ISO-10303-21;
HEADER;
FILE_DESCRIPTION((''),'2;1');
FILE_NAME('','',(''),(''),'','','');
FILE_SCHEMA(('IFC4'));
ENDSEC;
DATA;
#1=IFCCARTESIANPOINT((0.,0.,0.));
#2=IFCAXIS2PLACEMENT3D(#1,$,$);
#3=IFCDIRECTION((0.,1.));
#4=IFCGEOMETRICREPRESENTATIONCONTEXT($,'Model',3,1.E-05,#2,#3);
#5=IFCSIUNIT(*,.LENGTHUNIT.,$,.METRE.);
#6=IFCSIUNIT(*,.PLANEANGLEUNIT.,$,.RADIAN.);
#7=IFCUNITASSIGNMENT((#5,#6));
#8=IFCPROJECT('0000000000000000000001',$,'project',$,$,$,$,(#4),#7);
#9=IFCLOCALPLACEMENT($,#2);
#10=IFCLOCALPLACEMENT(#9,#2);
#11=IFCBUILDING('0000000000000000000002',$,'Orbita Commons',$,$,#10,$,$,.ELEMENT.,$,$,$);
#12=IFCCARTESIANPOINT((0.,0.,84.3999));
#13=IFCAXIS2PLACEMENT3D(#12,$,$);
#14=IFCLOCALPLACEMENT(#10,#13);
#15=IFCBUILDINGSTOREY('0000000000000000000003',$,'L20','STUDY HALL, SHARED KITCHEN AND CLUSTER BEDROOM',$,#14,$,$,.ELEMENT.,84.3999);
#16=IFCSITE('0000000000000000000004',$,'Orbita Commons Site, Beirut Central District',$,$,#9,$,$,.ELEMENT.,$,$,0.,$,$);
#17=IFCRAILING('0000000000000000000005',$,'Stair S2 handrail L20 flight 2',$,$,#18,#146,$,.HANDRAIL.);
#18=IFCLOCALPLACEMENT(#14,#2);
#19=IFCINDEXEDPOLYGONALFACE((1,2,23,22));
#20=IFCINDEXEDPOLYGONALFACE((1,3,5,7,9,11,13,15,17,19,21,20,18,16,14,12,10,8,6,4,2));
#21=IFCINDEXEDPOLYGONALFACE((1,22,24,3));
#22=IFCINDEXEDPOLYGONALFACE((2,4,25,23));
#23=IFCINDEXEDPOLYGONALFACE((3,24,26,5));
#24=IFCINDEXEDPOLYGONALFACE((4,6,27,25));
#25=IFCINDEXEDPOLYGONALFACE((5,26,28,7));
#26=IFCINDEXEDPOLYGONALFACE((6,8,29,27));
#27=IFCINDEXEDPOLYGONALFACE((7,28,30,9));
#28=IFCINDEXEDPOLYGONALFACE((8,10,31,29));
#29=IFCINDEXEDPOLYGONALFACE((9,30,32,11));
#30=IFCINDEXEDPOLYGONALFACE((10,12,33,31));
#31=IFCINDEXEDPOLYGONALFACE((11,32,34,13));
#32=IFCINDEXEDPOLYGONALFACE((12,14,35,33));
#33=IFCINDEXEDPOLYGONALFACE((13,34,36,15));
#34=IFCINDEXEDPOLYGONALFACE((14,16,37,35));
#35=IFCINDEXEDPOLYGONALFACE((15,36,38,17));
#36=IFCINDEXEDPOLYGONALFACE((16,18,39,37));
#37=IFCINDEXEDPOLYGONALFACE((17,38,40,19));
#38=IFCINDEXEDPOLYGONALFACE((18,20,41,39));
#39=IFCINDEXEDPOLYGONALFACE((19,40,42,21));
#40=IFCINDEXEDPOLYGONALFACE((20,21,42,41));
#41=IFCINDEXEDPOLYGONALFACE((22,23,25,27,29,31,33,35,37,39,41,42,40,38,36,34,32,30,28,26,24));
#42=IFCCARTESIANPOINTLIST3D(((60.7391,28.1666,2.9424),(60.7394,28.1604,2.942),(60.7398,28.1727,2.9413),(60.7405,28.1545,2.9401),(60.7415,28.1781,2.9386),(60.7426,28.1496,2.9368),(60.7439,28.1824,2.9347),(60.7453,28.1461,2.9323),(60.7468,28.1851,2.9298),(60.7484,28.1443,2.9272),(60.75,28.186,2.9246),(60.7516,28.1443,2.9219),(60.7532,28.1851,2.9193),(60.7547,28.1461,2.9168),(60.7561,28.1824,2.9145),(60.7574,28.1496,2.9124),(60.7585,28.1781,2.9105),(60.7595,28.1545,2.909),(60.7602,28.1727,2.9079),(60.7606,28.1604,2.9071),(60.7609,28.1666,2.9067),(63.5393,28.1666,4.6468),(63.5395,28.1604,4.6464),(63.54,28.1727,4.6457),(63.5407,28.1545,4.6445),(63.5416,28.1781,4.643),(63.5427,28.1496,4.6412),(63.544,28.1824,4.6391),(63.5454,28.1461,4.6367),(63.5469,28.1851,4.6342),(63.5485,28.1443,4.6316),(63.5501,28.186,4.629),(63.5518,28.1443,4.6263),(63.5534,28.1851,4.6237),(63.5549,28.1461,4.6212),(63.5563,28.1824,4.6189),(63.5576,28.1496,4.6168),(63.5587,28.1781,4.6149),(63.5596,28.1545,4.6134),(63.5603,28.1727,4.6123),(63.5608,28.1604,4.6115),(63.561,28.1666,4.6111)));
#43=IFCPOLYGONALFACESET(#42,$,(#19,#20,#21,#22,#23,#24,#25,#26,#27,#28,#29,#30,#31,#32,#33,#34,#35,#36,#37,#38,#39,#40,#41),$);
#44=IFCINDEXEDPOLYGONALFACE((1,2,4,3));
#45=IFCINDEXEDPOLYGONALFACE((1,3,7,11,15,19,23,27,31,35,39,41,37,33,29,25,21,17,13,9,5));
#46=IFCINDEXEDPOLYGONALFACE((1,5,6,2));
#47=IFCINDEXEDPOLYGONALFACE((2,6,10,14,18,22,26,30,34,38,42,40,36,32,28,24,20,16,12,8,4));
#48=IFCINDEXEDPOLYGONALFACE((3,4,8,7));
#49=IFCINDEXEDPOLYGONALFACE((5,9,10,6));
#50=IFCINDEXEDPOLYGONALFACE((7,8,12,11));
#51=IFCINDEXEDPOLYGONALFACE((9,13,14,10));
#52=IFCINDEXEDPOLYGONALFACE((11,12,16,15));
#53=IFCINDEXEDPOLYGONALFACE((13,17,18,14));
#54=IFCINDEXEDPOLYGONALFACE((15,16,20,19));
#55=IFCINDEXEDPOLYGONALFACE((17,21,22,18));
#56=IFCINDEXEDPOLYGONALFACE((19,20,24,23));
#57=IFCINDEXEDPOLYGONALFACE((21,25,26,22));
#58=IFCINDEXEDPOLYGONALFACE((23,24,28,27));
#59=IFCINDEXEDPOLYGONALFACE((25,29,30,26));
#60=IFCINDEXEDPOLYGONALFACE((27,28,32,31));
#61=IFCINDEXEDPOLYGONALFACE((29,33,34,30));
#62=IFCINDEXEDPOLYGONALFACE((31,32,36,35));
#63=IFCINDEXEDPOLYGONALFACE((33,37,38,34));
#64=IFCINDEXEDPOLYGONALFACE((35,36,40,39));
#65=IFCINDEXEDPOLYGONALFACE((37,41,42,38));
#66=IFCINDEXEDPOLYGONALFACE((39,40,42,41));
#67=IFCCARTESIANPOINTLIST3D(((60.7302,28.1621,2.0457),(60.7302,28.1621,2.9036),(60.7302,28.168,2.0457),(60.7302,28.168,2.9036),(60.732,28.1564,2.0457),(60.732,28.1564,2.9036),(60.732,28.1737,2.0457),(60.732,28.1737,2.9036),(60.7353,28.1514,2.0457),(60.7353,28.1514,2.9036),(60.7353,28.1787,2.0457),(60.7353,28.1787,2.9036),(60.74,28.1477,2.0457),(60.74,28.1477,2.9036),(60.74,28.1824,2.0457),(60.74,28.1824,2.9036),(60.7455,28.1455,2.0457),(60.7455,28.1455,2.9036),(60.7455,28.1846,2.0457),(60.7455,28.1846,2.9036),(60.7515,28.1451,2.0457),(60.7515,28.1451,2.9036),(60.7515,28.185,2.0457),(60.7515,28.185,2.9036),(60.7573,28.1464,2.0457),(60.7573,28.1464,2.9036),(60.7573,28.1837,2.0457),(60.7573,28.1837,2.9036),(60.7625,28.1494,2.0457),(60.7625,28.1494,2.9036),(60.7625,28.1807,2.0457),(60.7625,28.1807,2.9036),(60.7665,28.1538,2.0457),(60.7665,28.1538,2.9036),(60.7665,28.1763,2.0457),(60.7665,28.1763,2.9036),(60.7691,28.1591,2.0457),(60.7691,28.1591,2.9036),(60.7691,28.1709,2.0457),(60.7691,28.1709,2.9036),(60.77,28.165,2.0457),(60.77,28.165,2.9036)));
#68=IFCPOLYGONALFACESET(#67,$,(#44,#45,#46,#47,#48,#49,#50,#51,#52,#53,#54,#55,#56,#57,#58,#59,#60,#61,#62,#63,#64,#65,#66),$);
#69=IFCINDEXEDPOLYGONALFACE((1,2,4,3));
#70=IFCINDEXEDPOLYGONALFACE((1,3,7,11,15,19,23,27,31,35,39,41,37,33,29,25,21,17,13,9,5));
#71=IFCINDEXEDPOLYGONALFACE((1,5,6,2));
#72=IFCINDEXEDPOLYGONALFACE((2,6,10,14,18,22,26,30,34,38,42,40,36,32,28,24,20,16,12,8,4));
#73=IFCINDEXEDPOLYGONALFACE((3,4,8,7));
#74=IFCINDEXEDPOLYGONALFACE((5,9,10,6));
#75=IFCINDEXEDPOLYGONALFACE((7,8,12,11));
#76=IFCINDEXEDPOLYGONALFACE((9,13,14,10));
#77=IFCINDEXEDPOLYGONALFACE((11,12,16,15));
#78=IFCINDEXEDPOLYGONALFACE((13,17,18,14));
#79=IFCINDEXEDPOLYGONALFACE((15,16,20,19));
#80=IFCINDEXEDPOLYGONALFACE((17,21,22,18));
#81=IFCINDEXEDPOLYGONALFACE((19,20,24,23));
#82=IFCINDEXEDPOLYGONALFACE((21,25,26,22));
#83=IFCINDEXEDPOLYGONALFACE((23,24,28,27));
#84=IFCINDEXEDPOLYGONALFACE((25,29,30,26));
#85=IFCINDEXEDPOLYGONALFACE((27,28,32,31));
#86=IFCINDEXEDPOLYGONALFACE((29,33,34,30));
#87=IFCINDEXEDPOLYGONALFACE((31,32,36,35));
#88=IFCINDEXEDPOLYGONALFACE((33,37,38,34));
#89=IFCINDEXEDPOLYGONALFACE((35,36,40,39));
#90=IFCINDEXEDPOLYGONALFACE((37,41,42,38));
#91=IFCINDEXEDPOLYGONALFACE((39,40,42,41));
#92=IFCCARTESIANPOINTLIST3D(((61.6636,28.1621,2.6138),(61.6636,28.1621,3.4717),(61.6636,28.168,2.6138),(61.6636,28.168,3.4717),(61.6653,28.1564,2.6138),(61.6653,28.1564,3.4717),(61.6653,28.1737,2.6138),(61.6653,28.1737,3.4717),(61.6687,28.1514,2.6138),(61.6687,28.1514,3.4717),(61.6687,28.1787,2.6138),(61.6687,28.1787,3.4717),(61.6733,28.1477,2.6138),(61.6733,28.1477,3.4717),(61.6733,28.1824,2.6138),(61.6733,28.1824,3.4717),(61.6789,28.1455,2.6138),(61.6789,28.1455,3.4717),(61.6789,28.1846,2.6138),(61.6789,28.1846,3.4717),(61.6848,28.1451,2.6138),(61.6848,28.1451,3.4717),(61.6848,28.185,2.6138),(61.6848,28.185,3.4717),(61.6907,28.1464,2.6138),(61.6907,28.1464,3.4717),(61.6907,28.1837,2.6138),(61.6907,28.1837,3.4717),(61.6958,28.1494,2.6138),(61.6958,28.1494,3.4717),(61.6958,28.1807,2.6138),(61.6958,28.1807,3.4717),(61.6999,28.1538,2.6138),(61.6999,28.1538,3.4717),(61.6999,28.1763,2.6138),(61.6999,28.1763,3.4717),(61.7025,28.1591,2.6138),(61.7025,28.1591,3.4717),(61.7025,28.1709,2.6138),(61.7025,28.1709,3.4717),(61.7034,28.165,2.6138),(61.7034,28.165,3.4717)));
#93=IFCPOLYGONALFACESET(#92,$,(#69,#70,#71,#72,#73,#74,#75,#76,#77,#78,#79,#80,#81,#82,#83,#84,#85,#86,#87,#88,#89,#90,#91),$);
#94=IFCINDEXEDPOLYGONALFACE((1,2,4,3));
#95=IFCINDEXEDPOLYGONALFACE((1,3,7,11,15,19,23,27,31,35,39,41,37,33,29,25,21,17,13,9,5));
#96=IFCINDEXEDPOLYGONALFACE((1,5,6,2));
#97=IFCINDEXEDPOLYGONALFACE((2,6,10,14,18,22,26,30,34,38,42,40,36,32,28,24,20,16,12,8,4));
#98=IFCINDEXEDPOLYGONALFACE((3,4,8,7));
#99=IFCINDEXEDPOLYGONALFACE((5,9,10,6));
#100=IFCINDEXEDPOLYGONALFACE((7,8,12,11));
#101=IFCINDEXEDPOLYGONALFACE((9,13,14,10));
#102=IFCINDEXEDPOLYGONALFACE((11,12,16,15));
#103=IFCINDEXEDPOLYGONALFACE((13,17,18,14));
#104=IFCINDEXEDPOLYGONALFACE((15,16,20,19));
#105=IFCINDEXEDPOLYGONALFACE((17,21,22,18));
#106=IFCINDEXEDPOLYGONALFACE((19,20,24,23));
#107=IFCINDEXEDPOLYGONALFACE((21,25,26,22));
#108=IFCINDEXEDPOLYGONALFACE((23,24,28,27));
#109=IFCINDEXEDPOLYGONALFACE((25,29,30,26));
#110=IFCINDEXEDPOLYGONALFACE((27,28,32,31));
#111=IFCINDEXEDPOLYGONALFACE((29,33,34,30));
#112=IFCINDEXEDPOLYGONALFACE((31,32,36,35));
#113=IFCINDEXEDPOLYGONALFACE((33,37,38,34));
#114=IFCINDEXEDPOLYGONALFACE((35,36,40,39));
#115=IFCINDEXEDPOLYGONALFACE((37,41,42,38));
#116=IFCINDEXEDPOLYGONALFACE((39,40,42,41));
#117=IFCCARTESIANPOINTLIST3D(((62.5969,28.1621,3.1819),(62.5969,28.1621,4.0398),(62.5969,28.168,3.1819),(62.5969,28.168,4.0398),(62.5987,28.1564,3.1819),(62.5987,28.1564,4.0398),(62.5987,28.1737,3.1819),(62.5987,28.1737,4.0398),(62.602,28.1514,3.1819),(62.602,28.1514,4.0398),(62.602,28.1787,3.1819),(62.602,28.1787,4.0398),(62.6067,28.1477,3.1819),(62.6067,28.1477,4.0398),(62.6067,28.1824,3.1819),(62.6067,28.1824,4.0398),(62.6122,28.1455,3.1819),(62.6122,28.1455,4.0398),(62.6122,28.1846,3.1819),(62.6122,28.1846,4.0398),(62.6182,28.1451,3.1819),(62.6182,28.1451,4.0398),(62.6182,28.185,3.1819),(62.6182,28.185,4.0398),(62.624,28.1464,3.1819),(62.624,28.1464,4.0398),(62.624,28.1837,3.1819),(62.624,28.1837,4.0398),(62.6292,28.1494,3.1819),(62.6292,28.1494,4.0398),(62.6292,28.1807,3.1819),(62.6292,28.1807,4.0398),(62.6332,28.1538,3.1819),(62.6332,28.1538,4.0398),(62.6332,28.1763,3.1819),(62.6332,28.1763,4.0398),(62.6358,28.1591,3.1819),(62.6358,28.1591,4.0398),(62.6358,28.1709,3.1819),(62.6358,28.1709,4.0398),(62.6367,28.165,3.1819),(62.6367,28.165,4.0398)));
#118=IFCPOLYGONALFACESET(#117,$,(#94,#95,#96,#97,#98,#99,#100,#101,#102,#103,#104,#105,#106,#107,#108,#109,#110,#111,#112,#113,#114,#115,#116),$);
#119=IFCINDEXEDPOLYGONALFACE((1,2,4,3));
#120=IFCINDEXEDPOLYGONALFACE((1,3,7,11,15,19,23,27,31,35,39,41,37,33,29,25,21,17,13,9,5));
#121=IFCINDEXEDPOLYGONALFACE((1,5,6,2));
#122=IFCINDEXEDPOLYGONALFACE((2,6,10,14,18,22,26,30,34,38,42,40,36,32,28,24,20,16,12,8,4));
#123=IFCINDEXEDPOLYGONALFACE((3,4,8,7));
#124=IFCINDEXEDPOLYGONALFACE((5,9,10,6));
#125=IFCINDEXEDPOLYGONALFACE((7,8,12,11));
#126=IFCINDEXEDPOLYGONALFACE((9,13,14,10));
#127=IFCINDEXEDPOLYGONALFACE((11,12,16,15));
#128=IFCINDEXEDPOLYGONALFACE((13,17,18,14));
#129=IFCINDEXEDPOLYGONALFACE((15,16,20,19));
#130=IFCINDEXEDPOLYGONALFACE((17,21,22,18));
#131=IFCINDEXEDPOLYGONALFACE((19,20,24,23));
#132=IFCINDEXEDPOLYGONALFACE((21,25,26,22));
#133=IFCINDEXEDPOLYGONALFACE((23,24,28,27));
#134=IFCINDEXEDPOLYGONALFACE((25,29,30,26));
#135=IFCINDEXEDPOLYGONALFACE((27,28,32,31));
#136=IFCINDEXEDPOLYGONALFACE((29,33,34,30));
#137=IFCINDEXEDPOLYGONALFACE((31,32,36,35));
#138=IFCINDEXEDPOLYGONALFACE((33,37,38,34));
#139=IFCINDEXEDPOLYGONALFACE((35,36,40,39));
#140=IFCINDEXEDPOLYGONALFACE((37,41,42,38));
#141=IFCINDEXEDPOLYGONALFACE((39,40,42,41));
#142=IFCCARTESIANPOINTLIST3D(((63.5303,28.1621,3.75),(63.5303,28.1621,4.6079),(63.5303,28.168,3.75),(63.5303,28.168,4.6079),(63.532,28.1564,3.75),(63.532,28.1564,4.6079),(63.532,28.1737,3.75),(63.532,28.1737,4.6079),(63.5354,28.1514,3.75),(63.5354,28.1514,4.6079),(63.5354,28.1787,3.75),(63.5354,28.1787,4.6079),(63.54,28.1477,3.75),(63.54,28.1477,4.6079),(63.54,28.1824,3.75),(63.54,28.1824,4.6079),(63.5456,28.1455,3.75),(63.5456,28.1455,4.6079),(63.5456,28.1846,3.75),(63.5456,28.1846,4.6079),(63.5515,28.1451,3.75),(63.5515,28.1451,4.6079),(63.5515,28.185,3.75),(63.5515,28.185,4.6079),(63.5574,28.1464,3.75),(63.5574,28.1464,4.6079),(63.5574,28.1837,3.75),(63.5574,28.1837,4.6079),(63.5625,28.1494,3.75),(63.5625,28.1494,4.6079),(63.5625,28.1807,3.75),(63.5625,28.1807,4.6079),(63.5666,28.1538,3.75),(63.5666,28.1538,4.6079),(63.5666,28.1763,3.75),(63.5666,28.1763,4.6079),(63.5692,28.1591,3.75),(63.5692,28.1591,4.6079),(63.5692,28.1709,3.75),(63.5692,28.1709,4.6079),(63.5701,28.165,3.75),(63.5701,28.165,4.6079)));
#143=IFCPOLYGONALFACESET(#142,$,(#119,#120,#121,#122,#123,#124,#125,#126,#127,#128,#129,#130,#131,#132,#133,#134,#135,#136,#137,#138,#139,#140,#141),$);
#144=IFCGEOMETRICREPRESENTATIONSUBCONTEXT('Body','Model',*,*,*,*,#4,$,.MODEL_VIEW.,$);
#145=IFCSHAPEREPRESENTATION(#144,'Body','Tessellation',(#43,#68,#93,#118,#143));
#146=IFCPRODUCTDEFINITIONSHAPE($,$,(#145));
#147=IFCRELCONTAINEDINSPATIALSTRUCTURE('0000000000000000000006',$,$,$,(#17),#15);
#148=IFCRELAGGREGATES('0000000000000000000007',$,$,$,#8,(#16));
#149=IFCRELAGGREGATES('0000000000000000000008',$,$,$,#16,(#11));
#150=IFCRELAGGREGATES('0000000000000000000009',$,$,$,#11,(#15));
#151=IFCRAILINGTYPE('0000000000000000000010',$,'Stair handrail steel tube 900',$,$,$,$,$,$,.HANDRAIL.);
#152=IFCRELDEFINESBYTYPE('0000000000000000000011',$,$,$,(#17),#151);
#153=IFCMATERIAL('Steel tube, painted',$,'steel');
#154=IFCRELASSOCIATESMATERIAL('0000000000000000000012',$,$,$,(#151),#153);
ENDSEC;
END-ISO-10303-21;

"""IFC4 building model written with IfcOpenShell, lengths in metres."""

from ifc_helpers import new_model, si_unit, direction, frame, origin, origin_2d, place, context, subcontext, project, spatial, circle, extrude, material, type_object, element, save


model = new_model("IFC4")

# Units and contexts
model_context = context("Model", 3, precision=1e-05, world=origin(), true_north=direction((0.0, 1.0)))
body_context = subcontext(model_context, "Body", "Model", "MODEL_VIEW")
ifc_project = project(units=[si_unit("LENGTHUNIT", "METRE"), si_unit("PLANEANGLEUNIT", "RADIAN")], contexts=[model_context])

# Site, building, storey
site_placement = place(None, origin())
site = spatial("IfcSite", under=ifc_project, at=site_placement, Name="Orbita Commons Site, Beirut Central District", CompositionType="ELEMENT", RefElevation=0.0)
building_placement = place(site_placement, origin())
building = spatial("IfcBuilding", under=site, at=building_placement, Name="Orbita Commons", CompositionType="ELEMENT")
storey_placement = place(building_placement, frame((0.0, 0.0, 84.3999)))
storey = spatial("IfcBuildingStorey", under=building, at=storey_placement, Name="L20", Description="STUDY HALL, SHARED KITCHEN AND CLUSTER BEDROOM", CompositionType="ELEMENT", Elevation=84.3999)

# Railing
ifc_material_1 = material(Name="Steel tube, painted", Category="steel")
railing_type = type_object("IfcRailingType", Name="Stair handrail steel tube 900", PredefinedType="HANDRAIL", material=ifc_material_1)
railing_placement = place(storey_placement, frame((60.75, 28.165, 2.0457)))
element("IfcRailing", 1, at=railing_placement, inside=storey, type_object=railing_type, Name="Stair S2 handrail L20 flight 2", PredefinedType="HANDRAIL", context=body_context, shape_type="SweptSolid", body=[
    extrude(circle(Radius=0.021, at=origin_2d()), frame((0.0, 0.0, 0.8789), z_axis=(0.854203, 0.0, 0.51994), x_axis=(0.0, 1.0, 0.0)), (0.0, 0.0, 1.0), 3.2781),
    extrude(circle(Radius=0.02, at=origin_2d()), origin(), (0.0, 0.0, 1.0), 0.8579),
    extrude(circle(Radius=0.02, at=origin_2d()), frame((0.9333, 0.0, 0.5681)), (0.0, 0.0, 1.0), 0.8579),
    extrude(circle(Radius=0.02, at=origin_2d()), frame((1.8667, 0.0, 1.1362)), (0.0, 0.0, 1.0), 0.8579),
    extrude(circle(Radius=0.02, at=origin_2d()), frame((2.8, 0.0, 1.7043)), (0.0, 0.0, 1.0), 0.8579),
])

save(model, "model.ifc")
